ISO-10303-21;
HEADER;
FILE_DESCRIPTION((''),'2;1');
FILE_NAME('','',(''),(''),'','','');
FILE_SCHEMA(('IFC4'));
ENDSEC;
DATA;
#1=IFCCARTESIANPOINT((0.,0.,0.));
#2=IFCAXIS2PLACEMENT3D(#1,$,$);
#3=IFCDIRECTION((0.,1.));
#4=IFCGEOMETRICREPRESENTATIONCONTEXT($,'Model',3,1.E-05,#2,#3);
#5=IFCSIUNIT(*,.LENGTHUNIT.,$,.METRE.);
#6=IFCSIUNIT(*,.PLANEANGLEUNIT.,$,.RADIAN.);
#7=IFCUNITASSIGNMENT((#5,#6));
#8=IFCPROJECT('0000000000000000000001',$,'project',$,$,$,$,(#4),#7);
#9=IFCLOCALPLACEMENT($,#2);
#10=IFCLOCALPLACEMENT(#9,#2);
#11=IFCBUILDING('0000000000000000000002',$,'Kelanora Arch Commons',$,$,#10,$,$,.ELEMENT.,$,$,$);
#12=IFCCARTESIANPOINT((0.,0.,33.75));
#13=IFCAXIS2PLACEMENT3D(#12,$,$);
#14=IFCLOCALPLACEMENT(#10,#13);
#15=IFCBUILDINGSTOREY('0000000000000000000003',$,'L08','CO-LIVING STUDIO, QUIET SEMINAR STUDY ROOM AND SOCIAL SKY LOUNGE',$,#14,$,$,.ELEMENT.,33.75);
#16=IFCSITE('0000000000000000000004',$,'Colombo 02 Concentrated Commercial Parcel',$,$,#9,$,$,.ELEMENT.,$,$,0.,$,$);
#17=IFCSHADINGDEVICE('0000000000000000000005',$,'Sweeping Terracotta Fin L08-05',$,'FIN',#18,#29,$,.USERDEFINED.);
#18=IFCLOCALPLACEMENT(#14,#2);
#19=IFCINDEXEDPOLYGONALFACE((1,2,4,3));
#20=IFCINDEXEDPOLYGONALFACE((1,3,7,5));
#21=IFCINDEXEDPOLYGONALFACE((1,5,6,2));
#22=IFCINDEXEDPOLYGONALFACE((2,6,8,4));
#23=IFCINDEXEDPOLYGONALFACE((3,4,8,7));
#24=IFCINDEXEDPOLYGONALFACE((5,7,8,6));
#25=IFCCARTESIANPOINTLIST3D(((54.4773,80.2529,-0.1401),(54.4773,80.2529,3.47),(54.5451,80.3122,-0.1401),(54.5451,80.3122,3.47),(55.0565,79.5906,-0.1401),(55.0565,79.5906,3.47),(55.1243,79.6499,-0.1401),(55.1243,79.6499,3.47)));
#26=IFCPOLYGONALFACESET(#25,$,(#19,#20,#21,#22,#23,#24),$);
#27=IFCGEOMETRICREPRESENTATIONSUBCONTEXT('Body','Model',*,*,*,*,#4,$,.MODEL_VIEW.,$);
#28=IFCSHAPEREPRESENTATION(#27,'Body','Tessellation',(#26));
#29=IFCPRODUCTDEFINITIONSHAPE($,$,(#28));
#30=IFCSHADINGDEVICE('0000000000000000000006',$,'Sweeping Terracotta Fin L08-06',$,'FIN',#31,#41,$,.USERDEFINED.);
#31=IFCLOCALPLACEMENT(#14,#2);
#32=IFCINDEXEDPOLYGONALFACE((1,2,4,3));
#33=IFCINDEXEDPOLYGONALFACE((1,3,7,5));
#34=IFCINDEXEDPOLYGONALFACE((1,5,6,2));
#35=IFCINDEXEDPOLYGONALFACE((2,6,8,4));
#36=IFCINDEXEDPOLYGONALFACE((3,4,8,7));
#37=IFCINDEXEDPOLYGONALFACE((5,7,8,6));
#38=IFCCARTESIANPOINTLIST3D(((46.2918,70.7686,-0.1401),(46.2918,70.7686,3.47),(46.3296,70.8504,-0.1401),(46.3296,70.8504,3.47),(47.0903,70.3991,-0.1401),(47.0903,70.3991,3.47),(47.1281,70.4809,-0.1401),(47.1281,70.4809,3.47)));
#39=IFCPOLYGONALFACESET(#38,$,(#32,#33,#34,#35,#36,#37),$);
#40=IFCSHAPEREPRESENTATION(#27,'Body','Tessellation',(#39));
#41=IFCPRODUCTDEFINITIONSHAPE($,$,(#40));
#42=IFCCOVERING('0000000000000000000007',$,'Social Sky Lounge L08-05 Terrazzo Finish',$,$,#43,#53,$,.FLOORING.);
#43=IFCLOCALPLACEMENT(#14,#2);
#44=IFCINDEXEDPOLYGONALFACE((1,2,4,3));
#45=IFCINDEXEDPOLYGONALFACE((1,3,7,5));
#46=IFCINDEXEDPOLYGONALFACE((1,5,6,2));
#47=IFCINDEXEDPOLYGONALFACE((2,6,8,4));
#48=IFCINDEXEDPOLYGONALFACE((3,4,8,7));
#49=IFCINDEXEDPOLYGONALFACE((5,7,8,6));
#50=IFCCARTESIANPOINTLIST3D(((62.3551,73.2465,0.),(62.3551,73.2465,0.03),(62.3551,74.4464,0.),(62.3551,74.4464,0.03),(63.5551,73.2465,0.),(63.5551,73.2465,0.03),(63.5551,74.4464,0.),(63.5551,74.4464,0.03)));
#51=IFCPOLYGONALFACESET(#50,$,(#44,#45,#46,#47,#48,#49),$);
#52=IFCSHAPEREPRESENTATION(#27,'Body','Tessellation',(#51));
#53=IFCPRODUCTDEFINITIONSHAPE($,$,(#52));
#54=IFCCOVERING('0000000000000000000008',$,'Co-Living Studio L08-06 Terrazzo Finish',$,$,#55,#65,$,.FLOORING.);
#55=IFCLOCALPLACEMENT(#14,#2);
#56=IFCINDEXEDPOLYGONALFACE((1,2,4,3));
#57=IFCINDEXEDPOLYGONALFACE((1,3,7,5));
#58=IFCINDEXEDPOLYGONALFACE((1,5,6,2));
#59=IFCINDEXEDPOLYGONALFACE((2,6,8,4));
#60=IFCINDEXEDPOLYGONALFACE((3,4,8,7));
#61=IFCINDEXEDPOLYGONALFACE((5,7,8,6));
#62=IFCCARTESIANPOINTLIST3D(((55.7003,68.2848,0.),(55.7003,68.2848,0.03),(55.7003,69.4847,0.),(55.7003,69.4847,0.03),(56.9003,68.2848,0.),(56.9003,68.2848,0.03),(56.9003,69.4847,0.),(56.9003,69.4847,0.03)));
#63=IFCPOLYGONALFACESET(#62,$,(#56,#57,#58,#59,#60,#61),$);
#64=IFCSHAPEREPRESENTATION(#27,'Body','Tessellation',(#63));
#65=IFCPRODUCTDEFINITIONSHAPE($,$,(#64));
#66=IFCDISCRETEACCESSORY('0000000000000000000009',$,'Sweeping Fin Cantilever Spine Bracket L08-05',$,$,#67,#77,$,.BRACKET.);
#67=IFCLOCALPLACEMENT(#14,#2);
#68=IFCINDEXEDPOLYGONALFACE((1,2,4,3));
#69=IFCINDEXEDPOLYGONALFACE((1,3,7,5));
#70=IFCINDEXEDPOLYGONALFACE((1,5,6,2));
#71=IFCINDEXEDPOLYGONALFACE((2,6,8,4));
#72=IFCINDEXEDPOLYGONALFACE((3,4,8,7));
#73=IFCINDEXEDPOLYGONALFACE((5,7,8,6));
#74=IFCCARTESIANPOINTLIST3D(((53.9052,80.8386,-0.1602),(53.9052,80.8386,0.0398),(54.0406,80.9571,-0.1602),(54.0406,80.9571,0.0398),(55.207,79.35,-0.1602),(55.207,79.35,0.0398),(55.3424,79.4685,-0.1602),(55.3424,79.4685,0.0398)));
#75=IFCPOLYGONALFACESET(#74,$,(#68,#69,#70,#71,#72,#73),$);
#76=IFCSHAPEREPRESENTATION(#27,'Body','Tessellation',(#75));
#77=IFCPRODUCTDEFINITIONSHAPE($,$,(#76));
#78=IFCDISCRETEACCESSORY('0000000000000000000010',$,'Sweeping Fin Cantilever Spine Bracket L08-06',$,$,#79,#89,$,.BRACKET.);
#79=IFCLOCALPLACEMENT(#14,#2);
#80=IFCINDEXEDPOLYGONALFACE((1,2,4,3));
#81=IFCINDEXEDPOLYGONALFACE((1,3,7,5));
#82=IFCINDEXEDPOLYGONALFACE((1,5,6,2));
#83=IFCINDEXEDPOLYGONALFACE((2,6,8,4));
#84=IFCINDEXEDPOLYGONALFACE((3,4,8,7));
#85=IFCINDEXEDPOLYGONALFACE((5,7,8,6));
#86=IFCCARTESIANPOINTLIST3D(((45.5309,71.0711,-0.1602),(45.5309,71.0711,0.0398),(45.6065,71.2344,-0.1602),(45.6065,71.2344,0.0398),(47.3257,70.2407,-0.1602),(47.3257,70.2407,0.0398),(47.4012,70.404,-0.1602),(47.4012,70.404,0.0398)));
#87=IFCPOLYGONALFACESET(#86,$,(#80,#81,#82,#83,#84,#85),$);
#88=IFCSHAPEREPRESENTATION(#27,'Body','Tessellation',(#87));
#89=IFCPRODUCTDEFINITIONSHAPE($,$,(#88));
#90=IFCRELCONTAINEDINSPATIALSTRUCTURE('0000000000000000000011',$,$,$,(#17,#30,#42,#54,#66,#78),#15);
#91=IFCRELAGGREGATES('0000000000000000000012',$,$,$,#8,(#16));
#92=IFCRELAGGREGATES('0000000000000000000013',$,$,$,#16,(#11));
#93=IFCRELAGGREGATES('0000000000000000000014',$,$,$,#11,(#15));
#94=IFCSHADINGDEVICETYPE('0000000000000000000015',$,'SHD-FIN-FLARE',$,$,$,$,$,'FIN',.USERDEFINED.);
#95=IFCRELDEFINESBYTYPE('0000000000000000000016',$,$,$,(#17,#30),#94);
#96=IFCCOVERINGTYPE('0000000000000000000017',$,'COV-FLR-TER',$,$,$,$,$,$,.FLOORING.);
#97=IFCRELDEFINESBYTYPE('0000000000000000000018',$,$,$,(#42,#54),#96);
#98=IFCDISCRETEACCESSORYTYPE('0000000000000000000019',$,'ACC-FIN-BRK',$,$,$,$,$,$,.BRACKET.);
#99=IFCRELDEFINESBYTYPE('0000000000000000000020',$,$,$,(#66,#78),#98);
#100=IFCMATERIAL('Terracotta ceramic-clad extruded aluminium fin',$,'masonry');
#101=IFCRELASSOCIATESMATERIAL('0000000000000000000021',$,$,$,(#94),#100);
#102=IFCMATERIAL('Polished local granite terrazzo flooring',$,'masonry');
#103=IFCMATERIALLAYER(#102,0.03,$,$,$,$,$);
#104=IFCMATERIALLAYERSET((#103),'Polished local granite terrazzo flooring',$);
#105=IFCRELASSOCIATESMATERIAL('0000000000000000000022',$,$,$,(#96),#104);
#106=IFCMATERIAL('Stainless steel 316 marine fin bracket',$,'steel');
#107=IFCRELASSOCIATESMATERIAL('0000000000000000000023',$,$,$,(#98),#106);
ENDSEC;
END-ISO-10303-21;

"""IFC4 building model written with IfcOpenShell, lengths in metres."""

from ifc_helpers import new_model, si_unit, direction, frame, origin, origin_2d, place, context, subcontext, project, spatial, rectangle, extrude, source, transform, mapped, material, layer, layer_set, type_object, element, save


model = new_model("IFC4")

# Units and contexts
model_context = context("Model", 3, precision=1e-05, world=origin(), true_north=direction((0.0, 1.0)))
body_context = subcontext(model_context, "Body", "Model", "MODEL_VIEW")
ifc_project = project(units=[si_unit("LENGTHUNIT", "METRE"), si_unit("PLANEANGLEUNIT", "RADIAN")], contexts=[model_context])

# Site, building, storey
site_placement = place(None, origin())
site = spatial("IfcSite", under=ifc_project, at=site_placement, Name="Colombo 02 Concentrated Commercial Parcel", CompositionType="ELEMENT", RefElevation=0.0)
building_placement = place(site_placement, origin())
building = spatial("IfcBuilding", under=site, at=building_placement, Name="Kelanora Arch Commons", CompositionType="ELEMENT")
storey_placement = place(building_placement, frame((0.0, 0.0, 33.75)))
storey = spatial("IfcBuildingStorey", under=building, at=storey_placement, Name="L08", Description="CO-LIVING STUDIO, QUIET SEMINAR STUDY ROOM AND SOCIAL SKY LOUNGE", CompositionType="ELEMENT", Elevation=33.75)

# Shading devices
ifc_material_1 = material(Name="Terracotta ceramic-clad extruded aluminium fin", Category="masonry")
shading_device_type = type_object("IfcShadingDeviceType", Name="SHD-FIN-FLARE", ElementType="FIN", PredefinedType="USERDEFINED", material=ifc_material_1)
shared_shape_1 = source(origin(), body_context, "Body", "SweptSolid", [
    extrude(rectangle(XDim=0.8799, YDim=0.0901, at=origin_2d()), origin(), (0.0, 0.0, 1.0), 3.6101),
])
for number, where, z_axis, x_axis, name in (
    (1, (54.8008, 79.9514, -0.1401), (0.0, 0.0, 1.0), (-0.658295, 0.75276, 0.0), "Sweeping Terracotta Fin L08-05"),
    (2, (46.71, 70.6248, -0.1401), (0.0, 0.0, 1.0), (-0.907558, 0.419927, 0.0), "Sweeping Terracotta Fin L08-06"),
):
    element("IfcShadingDevice", number, at=place(storey_placement, frame(where, z_axis=z_axis, x_axis=x_axis)), inside=storey, type_object=shading_device_type, Name=name, ObjectType="FIN", PredefinedType="USERDEFINED", context=body_context, shape_type="MappedRepresentation", body=[
        mapped(shared_shape_1, transform((0.0, 0.0, 0.0), scale=1.0)),
    ])

# Coverings
ifc_material_2 = material(Name="Polished local granite terrazzo flooring", Category="masonry")
ifc_layer_1 = layer(ifc_material_2, 0.03)
ifc_layer_set_1 = layer_set([ifc_layer_1], Name="Polished local granite terrazzo flooring")
covering_type = type_object("IfcCoveringType", Name="COV-FLR-TER", PredefinedType="FLOORING", material=ifc_layer_set_1)
shared_shape_2 = source(origin(), body_context, "Body", "SweptSolid", [
    extrude(rectangle(XDim=1.2, YDim=1.2, at=origin_2d()), origin(), (0.0, 0.0, 1.0), 0.03),
])
for number, where, z_axis, x_axis, name in (
    (3, (62.9551, 73.8464, 0.0), (0.0, 0.0, 1.0), (1.0, 0.0, 0.0), "Social Sky Lounge L08-05 Terrazzo Finish"),
    (4, (56.3003, 68.8848, 0.0), (0.0, 0.0, 1.0), (1.0, 0.0, 0.0), "Co-Living Studio L08-06 Terrazzo Finish"),
):
    element("IfcCovering", number, at=place(storey_placement, frame(where, z_axis=z_axis, x_axis=x_axis)), inside=storey, type_object=covering_type, Name=name, PredefinedType="FLOORING", context=body_context, shape_type="MappedRepresentation", body=[
        mapped(shared_shape_2, transform((0.0, 0.0, 0.0), scale=1.0)),
    ])

# Discrete accessories
ifc_material_3 = material(Name="Stainless steel 316 marine fin bracket", Category="steel")
discrete_accessory_type = type_object("IfcDiscreteAccessoryType", Name="ACC-FIN-BRK", PredefinedType="BRACKET", material=ifc_material_3)
shared_shape_3 = source(origin(), body_context, "Body", "SweptSolid", [
    extrude(rectangle(XDim=1.9775, YDim=0.1799, at=origin_2d()), origin(), (0.0, 0.0, 1.0), 0.2),
])
for number, where, z_axis, x_axis, name in (
    (5, (54.6238, 80.1536, -0.1602), (0.0, 0.0, 1.0), (-0.658295, 0.75276, 0.0), "Sweeping Fin Cantilever Spine Bracket L08-05"),
    (6, (46.4661, 70.7375, -0.1602), (0.0, 0.0, 1.0), (-0.907558, 0.419927, 0.0), "Sweeping Fin Cantilever Spine Bracket L08-06"),
):
    element("IfcDiscreteAccessory", number, at=place(storey_placement, frame(where, z_axis=z_axis, x_axis=x_axis)), inside=storey, type_object=discrete_accessory_type, Name=name, PredefinedType="BRACKET", context=body_context, shape_type="MappedRepresentation", body=[
        mapped(shared_shape_3, transform((0.0, 0.0, 0.0), scale=1.0)),
    ])

save(model, "model.ifc")
